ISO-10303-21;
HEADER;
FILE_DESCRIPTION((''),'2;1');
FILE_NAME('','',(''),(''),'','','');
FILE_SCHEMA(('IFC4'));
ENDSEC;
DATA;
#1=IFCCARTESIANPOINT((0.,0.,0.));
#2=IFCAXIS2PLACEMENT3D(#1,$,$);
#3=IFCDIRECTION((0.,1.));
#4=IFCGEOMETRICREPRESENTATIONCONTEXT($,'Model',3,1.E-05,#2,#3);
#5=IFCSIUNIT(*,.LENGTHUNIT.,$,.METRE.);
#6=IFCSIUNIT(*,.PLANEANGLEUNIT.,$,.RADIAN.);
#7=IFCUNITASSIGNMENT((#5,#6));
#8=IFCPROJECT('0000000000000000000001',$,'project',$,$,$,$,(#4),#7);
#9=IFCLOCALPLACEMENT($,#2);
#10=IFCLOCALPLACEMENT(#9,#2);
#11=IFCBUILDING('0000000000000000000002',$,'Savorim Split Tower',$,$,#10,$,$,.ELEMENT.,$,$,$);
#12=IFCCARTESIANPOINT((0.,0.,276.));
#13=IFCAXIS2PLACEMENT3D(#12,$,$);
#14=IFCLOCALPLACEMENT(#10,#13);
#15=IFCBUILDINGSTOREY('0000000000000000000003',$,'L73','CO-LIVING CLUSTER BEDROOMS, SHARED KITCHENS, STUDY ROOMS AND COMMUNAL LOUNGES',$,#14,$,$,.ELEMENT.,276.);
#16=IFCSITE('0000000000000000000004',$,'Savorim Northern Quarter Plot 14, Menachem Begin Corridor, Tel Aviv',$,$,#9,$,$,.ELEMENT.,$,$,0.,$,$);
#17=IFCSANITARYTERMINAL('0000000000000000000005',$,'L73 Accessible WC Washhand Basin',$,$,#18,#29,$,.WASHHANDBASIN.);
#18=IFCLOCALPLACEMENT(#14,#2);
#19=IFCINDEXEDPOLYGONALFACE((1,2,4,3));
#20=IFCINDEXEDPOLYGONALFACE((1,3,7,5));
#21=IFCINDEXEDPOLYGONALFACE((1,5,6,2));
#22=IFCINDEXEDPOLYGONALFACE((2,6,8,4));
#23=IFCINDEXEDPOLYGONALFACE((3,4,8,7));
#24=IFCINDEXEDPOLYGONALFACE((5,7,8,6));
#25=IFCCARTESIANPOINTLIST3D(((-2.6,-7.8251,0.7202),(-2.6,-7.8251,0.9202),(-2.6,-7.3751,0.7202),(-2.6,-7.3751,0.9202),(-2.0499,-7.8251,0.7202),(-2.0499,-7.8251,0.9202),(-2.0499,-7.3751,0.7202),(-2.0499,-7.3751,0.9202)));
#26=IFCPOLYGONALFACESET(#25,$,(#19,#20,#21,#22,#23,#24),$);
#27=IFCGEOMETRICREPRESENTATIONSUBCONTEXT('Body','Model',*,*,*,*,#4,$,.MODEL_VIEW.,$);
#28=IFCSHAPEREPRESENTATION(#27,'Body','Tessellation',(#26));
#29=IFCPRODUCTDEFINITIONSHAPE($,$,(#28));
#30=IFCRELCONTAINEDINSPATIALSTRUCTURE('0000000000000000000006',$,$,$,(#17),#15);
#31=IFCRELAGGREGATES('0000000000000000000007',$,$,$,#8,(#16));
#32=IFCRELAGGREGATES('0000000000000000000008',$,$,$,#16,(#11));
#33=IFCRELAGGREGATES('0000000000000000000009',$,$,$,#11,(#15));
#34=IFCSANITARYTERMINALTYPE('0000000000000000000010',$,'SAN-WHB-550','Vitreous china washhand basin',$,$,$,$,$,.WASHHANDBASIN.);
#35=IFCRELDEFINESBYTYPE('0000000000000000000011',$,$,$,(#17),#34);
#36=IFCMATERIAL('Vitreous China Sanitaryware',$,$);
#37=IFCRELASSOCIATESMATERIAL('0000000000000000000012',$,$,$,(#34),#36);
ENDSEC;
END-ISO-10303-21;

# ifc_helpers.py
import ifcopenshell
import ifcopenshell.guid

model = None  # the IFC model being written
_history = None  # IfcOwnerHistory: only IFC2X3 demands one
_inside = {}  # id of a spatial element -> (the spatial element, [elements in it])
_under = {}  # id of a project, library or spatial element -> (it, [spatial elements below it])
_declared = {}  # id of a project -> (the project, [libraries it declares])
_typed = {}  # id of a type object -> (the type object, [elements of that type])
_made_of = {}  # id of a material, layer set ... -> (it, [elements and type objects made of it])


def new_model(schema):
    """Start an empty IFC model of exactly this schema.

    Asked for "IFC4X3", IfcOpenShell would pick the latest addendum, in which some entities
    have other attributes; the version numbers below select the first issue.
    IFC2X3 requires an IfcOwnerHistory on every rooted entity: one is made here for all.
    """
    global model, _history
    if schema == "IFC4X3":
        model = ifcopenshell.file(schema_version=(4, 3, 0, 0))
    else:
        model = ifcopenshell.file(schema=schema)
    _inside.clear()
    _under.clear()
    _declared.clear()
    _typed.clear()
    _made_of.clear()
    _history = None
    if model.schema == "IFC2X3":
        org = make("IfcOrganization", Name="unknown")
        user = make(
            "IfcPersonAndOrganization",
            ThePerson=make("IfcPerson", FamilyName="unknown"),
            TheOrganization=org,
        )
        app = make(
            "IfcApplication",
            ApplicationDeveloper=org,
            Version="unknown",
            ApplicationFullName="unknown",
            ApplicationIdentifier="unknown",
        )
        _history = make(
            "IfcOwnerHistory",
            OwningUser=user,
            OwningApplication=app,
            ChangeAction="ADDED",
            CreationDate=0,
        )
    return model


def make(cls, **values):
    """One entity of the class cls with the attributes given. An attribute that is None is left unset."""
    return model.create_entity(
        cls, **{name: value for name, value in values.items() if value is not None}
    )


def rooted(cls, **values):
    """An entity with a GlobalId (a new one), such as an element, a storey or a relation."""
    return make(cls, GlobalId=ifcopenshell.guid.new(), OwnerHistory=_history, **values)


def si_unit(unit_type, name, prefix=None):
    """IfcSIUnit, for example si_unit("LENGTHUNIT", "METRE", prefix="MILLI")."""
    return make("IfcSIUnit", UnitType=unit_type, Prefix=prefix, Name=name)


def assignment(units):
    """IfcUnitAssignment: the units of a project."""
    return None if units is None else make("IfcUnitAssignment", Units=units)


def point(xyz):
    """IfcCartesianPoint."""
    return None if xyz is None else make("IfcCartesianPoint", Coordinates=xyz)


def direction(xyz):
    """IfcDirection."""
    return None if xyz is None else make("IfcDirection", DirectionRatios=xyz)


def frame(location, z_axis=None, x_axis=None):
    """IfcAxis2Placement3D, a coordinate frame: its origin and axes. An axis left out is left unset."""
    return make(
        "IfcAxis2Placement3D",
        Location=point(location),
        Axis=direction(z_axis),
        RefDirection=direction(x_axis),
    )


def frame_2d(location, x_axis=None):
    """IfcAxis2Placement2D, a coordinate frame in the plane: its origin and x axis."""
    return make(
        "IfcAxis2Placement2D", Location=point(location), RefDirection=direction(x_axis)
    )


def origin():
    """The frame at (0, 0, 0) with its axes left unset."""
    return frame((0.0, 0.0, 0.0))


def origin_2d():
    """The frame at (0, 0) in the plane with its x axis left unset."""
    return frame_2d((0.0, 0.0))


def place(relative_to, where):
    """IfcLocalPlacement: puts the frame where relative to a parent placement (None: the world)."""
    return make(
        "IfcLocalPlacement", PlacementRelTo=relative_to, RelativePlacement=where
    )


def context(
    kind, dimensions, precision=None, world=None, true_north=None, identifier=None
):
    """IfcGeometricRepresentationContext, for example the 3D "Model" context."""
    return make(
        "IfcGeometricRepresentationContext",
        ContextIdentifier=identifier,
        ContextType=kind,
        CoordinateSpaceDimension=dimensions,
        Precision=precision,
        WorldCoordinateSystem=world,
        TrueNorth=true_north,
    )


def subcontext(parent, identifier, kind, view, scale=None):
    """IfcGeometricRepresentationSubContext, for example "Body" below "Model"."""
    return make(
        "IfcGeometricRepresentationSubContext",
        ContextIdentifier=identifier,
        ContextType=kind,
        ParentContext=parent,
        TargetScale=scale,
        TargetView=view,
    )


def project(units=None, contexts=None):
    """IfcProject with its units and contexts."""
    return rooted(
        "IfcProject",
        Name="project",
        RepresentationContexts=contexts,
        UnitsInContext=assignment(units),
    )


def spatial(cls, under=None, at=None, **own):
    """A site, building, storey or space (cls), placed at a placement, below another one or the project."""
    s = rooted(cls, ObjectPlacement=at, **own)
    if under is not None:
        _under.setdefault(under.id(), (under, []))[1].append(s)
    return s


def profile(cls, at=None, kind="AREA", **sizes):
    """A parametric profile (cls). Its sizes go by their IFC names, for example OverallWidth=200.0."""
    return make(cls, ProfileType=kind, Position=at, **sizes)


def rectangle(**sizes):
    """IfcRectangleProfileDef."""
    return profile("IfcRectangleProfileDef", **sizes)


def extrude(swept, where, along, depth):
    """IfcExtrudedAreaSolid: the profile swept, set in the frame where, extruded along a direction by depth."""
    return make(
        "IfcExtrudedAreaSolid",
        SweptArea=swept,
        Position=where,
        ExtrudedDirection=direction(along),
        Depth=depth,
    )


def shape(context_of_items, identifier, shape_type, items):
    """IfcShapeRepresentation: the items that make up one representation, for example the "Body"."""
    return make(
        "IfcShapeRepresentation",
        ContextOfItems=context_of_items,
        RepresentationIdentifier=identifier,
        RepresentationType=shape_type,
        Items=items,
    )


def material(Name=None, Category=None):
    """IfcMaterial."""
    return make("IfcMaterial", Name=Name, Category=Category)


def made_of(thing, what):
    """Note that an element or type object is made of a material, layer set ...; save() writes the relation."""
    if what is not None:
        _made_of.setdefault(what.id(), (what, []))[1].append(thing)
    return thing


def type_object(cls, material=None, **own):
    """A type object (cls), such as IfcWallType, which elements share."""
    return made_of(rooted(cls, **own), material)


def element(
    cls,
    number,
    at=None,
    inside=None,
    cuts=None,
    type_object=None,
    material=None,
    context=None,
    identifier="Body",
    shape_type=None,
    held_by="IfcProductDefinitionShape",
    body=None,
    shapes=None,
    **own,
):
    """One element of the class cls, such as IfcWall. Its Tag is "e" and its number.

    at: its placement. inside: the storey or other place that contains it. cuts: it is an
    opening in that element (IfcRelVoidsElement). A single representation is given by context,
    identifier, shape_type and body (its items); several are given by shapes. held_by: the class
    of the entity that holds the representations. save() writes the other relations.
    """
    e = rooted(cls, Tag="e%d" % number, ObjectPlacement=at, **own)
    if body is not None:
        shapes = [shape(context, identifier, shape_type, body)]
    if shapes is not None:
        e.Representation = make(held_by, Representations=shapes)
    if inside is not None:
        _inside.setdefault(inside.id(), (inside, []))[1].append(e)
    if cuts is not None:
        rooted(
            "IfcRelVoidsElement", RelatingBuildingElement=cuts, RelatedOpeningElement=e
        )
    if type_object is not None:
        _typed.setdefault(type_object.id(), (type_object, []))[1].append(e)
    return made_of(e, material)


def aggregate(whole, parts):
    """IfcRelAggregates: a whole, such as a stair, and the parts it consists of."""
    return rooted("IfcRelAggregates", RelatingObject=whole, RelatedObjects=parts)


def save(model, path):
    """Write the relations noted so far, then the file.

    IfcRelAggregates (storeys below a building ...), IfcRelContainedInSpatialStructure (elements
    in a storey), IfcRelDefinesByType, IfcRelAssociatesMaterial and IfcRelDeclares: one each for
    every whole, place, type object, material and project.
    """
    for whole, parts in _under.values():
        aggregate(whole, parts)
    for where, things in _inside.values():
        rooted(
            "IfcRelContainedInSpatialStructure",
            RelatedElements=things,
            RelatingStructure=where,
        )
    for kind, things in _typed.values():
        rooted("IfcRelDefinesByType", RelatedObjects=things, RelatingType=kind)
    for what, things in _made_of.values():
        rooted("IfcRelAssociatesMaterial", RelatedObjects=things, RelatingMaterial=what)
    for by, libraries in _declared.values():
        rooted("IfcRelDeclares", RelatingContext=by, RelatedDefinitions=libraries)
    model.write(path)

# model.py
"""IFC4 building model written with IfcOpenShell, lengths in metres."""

from ifc_helpers import new_model, si_unit, direction, frame, origin, origin_2d, place, context, subcontext, project, spatial, rectangle, extrude, material, type_object, element, save


model = new_model("IFC4")

# Units and contexts
model_context = context("Model", 3, precision=1e-05, world=origin(), true_north=direction((0.0, 1.0)))
body_context = subcontext(model_context, "Body", "Model", "MODEL_VIEW")
ifc_project = project(units=[si_unit("LENGTHUNIT", "METRE"), si_unit("PLANEANGLEUNIT", "RADIAN")], contexts=[model_context])

# Site, building, storey
site_placement = place(None, origin())
site = spatial("IfcSite", under=ifc_project, at=site_placement, Name="Savorim Northern Quarter Plot 14, Menachem Begin Corridor, Tel Aviv", CompositionType="ELEMENT", RefElevation=0.0)
building_placement = place(site_placement, origin())
building = spatial("IfcBuilding", under=site, at=building_placement, Name="Savorim Split Tower", CompositionType="ELEMENT")
storey_placement = place(building_placement, frame((0.0, 0.0, 276.0)))
storey = spatial("IfcBuildingStorey", under=building, at=storey_placement, Name="L73", Description="CO-LIVING CLUSTER BEDROOMS, SHARED KITCHENS, STUDY ROOMS AND COMMUNAL LOUNGES", CompositionType="ELEMENT", Elevation=276.0)

# Sanitary terminal
ifc_material_1 = material(Name="Vitreous China Sanitaryware")
sanitary_terminal_type_1 = type_object("IfcSanitaryTerminalType", Name="SAN-WHB-550", Description="Vitreous china washhand basin", PredefinedType="WASHHANDBASIN", material=ifc_material_1)
sanitary_terminal_1_placement = place(storey_placement, frame((-2.325, -7.6001, 0.7202), z_axis=(0.0, 0.0, 1.0), x_axis=(1.0, 0.0, 0.0)))
element("IfcSanitaryTerminal", 1, at=sanitary_terminal_1_placement, inside=storey, type_object=sanitary_terminal_type_1, Name="L73 Accessible WC Washhand Basin", PredefinedType="WASHHANDBASIN", context=body_context, shape_type="SweptSolid", body=[
    extrude(rectangle(XDim=0.55, YDim=0.45, at=origin_2d()), origin(), (0.0, 0.0, 1.0), 0.2),
])

save(model, "model.ifc")
